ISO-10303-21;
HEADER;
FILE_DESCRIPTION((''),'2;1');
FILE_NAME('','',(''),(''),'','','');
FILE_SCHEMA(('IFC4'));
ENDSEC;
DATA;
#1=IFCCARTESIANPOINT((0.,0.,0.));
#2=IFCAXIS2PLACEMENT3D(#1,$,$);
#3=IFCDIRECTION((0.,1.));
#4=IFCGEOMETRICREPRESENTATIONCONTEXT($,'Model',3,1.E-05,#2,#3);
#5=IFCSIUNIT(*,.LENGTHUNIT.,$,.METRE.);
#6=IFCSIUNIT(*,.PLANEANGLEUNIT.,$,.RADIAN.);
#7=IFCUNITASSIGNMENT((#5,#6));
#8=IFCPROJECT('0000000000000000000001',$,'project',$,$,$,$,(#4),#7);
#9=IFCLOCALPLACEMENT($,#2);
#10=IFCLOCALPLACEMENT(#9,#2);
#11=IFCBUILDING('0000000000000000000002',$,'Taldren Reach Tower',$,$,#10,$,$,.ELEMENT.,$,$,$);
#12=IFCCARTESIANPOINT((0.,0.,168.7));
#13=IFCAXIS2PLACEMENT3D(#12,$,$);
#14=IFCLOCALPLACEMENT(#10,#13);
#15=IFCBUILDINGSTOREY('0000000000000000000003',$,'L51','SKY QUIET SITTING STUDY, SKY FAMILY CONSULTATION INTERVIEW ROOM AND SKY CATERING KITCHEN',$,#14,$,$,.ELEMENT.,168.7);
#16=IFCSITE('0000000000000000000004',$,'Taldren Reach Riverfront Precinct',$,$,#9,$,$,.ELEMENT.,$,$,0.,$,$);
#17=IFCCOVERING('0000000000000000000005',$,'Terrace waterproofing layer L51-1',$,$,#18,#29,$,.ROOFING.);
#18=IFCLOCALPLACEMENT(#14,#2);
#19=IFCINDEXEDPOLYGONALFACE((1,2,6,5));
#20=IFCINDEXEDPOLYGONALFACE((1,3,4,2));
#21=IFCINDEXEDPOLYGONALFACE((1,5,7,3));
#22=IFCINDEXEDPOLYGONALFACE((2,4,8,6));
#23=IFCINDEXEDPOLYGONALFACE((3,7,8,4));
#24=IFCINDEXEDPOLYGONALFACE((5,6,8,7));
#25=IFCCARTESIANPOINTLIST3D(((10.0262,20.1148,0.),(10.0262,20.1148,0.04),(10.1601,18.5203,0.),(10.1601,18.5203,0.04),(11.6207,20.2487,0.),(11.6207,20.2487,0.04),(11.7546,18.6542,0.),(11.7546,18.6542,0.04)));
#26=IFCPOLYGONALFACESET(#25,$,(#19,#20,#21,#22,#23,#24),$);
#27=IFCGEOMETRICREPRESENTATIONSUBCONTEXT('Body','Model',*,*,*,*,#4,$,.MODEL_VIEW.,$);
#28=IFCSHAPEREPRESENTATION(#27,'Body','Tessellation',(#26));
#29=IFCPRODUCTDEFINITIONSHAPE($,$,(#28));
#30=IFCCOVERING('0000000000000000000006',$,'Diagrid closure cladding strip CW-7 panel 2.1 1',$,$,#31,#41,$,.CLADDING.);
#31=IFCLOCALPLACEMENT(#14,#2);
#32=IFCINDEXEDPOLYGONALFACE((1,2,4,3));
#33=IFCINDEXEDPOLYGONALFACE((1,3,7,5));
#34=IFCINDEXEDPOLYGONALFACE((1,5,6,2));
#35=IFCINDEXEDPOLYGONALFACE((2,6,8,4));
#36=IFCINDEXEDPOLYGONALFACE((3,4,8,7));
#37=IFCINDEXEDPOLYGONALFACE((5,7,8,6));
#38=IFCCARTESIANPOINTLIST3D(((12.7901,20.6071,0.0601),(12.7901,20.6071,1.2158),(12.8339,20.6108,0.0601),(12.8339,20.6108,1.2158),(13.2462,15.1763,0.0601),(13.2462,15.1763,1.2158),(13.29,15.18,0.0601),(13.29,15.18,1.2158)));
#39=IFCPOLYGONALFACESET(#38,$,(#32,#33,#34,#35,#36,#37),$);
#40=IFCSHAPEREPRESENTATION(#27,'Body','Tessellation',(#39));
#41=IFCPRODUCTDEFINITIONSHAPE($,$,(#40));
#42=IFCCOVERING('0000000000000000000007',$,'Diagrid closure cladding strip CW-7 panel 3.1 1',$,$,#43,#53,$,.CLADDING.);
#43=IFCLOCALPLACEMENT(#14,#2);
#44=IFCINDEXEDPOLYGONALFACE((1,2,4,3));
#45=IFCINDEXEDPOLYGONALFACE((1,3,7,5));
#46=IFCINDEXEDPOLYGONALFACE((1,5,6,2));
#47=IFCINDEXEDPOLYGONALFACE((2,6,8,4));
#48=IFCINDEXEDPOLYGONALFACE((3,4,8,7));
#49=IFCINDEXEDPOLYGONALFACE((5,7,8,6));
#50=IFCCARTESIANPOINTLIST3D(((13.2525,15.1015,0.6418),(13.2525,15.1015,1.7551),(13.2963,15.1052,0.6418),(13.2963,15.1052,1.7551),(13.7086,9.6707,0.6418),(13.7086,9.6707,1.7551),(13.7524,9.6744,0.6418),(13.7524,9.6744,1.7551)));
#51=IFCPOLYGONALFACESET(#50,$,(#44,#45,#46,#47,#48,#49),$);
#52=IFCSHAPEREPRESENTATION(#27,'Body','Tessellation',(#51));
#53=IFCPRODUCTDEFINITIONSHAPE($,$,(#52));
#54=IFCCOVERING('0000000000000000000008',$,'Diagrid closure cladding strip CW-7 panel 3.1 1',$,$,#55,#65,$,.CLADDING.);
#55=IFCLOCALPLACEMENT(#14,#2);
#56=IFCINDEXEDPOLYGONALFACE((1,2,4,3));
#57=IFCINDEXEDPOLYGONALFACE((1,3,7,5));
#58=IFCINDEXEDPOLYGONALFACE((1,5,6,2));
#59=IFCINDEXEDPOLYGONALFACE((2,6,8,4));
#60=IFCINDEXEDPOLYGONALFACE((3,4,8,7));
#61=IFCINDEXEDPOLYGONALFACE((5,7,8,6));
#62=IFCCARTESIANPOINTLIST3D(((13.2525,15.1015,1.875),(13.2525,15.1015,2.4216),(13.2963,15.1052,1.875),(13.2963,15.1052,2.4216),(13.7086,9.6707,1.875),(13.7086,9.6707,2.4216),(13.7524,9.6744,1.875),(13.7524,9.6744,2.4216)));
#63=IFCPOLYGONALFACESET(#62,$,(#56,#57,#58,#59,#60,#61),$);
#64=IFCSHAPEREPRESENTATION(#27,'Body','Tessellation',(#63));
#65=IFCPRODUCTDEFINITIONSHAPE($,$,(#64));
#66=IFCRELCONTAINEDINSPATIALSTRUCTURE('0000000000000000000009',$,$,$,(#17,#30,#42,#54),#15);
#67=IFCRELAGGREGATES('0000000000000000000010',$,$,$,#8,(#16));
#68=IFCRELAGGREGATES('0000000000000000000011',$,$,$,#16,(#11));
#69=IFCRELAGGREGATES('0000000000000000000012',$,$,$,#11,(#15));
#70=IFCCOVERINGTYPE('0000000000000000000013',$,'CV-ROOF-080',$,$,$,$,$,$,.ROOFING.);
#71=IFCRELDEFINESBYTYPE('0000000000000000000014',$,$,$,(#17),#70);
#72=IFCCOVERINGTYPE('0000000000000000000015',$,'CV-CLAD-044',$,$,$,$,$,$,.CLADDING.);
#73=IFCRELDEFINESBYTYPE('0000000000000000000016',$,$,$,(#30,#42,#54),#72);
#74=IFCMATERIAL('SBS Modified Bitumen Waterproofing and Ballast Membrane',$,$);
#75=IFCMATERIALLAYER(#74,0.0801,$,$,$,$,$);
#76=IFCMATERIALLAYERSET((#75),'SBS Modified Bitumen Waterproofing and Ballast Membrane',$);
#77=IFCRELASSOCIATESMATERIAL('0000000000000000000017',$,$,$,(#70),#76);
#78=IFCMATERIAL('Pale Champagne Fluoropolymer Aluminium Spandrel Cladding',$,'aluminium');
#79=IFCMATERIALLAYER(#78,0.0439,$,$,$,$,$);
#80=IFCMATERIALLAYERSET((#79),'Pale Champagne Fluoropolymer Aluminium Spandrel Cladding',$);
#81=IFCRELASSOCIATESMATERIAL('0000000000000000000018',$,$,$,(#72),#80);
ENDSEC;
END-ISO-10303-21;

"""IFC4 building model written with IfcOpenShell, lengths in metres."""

from ifc_helpers import new_model, si_unit, direction, frame, origin, origin_2d, place, context, subcontext, project, spatial, rectangle, extrude, source, transform, mapped, material, layer, layer_set, type_object, element, save


model = new_model("IFC4")

# Units and contexts
model_context = context("Model", 3, precision=1e-05, world=origin(), true_north=direction((0.0, 1.0)))
body_context = subcontext(model_context, "Body", "Model", "MODEL_VIEW")
ifc_project = project(units=[si_unit("LENGTHUNIT", "METRE"), si_unit("PLANEANGLEUNIT", "RADIAN")], contexts=[model_context])

# Site, building, storey
site_placement = place(None, origin())
site = spatial("IfcSite", under=ifc_project, at=site_placement, Name="Taldren Reach Riverfront Precinct", CompositionType="ELEMENT", RefElevation=0.0)
building_placement = place(site_placement, origin())
building = spatial("IfcBuilding", under=site, at=building_placement, Name="Taldren Reach Tower", CompositionType="ELEMENT")
storey_placement = place(building_placement, frame((0.0, 0.0, 168.7)))
storey = spatial("IfcBuildingStorey", under=building, at=storey_placement, Name="L51", Description="SKY QUIET SITTING STUDY, SKY FAMILY CONSULTATION INTERVIEW ROOM AND SKY CATERING KITCHEN", CompositionType="ELEMENT", Elevation=168.7)

# Coverings
ifc_material_1 = material(Name="SBS Modified Bitumen Waterproofing and Ballast Membrane")
ifc_layer_1 = layer(ifc_material_1, 0.0801)
ifc_layer_set_1 = layer_set([ifc_layer_1], Name="SBS Modified Bitumen Waterproofing and Ballast Membrane")
covering_type_1 = type_object("IfcCoveringType", Name="CV-ROOF-080", PredefinedType="ROOFING", material=ifc_layer_set_1)
shared_shape_1 = source(origin(), body_context, "Body", "SweptSolid", [
    extrude(rectangle(XDim=1.6001, YDim=1.6001, at=origin_2d()), origin(), (0.0, 0.0, 1.0), 0.04),
])
covering_1_placement = place(storey_placement, frame((10.8904, 19.3845, 0.0), z_axis=(0.0, 0.0, 1.0), x_axis=(0.996493, 0.083678, 0.0)))
element("IfcCovering", 1, at=covering_1_placement, inside=storey, type_object=covering_type_1, Name="Terrace waterproofing layer L51-1", PredefinedType="ROOFING", context=body_context, shape_type="MappedRepresentation", body=[
    mapped(shared_shape_1, transform((0.0, 0.0, 0.0), scale=1.0)),
])
ifc_material_2 = material(Name="Pale Champagne Fluoropolymer Aluminium Spandrel Cladding", Category="aluminium")
ifc_layer_2 = layer(ifc_material_2, 0.0439)
ifc_layer_set_2 = layer_set([ifc_layer_2], Name="Pale Champagne Fluoropolymer Aluminium Spandrel Cladding")
covering_type_2 = type_object("IfcCoveringType", Name="CV-CLAD-044", PredefinedType="CLADDING", material=ifc_layer_set_2)
shared_shape_2 = source(origin(), body_context, "Body", "SweptSolid", [
    extrude(rectangle(XDim=5.45, YDim=0.0439, at=origin_2d()), origin(), (0.0, 0.0, 1.0), 1.1558),
])
covering_2_placement = place(storey_placement, frame((13.04, 17.8936, 0.0601), z_axis=(0.0, 0.0, 1.0), x_axis=(0.083678, -0.996493, 0.0)))
element("IfcCovering", 2, at=covering_2_placement, inside=storey, type_object=covering_type_2, Name="Diagrid closure cladding strip CW-7 panel 2.1 1", PredefinedType="CLADDING", context=body_context, shape_type="MappedRepresentation", body=[
    mapped(shared_shape_2, transform((0.0, 0.0, 0.0), scale=1.0)),
])
shared_shape_3 = source(origin(), body_context, "Body", "SweptSolid", [
    extrude(rectangle(XDim=5.45, YDim=0.0439, at=origin_2d()), origin(), (0.0, 0.0, 1.0), 1.1133),
])
covering_3_placement = place(storey_placement, frame((13.5024, 12.3879, 0.6418), z_axis=(0.0, 0.0, 1.0), x_axis=(0.083678, -0.996493, 0.0)))
element("IfcCovering", 3, at=covering_3_placement, inside=storey, type_object=covering_type_2, Name="Diagrid closure cladding strip CW-7 panel 3.1 1", PredefinedType="CLADDING", context=body_context, shape_type="MappedRepresentation", body=[
    mapped(shared_shape_3, transform((0.0, 0.0, 0.0), scale=1.0)),
])
shared_shape_4 = source(origin(), body_context, "Body", "SweptSolid", [
    extrude(rectangle(XDim=5.45, YDim=0.0439, at=origin_2d()), origin(), (0.0, 0.0, 1.0), 0.5466),
])
covering_4_placement = place(storey_placement, frame((13.5024, 12.3879, 1.875), z_axis=(0.0, 0.0, 1.0), x_axis=(0.083678, -0.996493, 0.0)))
element("IfcCovering", 4, at=covering_4_placement, inside=storey, type_object=covering_type_2, Name="Diagrid closure cladding strip CW-7 panel 3.1 1", PredefinedType="CLADDING", context=body_context, shape_type="MappedRepresentation", body=[
    mapped(shared_shape_4, transform((0.0, 0.0, 0.0), scale=1.0)),
])

save(model, "model.ifc")
